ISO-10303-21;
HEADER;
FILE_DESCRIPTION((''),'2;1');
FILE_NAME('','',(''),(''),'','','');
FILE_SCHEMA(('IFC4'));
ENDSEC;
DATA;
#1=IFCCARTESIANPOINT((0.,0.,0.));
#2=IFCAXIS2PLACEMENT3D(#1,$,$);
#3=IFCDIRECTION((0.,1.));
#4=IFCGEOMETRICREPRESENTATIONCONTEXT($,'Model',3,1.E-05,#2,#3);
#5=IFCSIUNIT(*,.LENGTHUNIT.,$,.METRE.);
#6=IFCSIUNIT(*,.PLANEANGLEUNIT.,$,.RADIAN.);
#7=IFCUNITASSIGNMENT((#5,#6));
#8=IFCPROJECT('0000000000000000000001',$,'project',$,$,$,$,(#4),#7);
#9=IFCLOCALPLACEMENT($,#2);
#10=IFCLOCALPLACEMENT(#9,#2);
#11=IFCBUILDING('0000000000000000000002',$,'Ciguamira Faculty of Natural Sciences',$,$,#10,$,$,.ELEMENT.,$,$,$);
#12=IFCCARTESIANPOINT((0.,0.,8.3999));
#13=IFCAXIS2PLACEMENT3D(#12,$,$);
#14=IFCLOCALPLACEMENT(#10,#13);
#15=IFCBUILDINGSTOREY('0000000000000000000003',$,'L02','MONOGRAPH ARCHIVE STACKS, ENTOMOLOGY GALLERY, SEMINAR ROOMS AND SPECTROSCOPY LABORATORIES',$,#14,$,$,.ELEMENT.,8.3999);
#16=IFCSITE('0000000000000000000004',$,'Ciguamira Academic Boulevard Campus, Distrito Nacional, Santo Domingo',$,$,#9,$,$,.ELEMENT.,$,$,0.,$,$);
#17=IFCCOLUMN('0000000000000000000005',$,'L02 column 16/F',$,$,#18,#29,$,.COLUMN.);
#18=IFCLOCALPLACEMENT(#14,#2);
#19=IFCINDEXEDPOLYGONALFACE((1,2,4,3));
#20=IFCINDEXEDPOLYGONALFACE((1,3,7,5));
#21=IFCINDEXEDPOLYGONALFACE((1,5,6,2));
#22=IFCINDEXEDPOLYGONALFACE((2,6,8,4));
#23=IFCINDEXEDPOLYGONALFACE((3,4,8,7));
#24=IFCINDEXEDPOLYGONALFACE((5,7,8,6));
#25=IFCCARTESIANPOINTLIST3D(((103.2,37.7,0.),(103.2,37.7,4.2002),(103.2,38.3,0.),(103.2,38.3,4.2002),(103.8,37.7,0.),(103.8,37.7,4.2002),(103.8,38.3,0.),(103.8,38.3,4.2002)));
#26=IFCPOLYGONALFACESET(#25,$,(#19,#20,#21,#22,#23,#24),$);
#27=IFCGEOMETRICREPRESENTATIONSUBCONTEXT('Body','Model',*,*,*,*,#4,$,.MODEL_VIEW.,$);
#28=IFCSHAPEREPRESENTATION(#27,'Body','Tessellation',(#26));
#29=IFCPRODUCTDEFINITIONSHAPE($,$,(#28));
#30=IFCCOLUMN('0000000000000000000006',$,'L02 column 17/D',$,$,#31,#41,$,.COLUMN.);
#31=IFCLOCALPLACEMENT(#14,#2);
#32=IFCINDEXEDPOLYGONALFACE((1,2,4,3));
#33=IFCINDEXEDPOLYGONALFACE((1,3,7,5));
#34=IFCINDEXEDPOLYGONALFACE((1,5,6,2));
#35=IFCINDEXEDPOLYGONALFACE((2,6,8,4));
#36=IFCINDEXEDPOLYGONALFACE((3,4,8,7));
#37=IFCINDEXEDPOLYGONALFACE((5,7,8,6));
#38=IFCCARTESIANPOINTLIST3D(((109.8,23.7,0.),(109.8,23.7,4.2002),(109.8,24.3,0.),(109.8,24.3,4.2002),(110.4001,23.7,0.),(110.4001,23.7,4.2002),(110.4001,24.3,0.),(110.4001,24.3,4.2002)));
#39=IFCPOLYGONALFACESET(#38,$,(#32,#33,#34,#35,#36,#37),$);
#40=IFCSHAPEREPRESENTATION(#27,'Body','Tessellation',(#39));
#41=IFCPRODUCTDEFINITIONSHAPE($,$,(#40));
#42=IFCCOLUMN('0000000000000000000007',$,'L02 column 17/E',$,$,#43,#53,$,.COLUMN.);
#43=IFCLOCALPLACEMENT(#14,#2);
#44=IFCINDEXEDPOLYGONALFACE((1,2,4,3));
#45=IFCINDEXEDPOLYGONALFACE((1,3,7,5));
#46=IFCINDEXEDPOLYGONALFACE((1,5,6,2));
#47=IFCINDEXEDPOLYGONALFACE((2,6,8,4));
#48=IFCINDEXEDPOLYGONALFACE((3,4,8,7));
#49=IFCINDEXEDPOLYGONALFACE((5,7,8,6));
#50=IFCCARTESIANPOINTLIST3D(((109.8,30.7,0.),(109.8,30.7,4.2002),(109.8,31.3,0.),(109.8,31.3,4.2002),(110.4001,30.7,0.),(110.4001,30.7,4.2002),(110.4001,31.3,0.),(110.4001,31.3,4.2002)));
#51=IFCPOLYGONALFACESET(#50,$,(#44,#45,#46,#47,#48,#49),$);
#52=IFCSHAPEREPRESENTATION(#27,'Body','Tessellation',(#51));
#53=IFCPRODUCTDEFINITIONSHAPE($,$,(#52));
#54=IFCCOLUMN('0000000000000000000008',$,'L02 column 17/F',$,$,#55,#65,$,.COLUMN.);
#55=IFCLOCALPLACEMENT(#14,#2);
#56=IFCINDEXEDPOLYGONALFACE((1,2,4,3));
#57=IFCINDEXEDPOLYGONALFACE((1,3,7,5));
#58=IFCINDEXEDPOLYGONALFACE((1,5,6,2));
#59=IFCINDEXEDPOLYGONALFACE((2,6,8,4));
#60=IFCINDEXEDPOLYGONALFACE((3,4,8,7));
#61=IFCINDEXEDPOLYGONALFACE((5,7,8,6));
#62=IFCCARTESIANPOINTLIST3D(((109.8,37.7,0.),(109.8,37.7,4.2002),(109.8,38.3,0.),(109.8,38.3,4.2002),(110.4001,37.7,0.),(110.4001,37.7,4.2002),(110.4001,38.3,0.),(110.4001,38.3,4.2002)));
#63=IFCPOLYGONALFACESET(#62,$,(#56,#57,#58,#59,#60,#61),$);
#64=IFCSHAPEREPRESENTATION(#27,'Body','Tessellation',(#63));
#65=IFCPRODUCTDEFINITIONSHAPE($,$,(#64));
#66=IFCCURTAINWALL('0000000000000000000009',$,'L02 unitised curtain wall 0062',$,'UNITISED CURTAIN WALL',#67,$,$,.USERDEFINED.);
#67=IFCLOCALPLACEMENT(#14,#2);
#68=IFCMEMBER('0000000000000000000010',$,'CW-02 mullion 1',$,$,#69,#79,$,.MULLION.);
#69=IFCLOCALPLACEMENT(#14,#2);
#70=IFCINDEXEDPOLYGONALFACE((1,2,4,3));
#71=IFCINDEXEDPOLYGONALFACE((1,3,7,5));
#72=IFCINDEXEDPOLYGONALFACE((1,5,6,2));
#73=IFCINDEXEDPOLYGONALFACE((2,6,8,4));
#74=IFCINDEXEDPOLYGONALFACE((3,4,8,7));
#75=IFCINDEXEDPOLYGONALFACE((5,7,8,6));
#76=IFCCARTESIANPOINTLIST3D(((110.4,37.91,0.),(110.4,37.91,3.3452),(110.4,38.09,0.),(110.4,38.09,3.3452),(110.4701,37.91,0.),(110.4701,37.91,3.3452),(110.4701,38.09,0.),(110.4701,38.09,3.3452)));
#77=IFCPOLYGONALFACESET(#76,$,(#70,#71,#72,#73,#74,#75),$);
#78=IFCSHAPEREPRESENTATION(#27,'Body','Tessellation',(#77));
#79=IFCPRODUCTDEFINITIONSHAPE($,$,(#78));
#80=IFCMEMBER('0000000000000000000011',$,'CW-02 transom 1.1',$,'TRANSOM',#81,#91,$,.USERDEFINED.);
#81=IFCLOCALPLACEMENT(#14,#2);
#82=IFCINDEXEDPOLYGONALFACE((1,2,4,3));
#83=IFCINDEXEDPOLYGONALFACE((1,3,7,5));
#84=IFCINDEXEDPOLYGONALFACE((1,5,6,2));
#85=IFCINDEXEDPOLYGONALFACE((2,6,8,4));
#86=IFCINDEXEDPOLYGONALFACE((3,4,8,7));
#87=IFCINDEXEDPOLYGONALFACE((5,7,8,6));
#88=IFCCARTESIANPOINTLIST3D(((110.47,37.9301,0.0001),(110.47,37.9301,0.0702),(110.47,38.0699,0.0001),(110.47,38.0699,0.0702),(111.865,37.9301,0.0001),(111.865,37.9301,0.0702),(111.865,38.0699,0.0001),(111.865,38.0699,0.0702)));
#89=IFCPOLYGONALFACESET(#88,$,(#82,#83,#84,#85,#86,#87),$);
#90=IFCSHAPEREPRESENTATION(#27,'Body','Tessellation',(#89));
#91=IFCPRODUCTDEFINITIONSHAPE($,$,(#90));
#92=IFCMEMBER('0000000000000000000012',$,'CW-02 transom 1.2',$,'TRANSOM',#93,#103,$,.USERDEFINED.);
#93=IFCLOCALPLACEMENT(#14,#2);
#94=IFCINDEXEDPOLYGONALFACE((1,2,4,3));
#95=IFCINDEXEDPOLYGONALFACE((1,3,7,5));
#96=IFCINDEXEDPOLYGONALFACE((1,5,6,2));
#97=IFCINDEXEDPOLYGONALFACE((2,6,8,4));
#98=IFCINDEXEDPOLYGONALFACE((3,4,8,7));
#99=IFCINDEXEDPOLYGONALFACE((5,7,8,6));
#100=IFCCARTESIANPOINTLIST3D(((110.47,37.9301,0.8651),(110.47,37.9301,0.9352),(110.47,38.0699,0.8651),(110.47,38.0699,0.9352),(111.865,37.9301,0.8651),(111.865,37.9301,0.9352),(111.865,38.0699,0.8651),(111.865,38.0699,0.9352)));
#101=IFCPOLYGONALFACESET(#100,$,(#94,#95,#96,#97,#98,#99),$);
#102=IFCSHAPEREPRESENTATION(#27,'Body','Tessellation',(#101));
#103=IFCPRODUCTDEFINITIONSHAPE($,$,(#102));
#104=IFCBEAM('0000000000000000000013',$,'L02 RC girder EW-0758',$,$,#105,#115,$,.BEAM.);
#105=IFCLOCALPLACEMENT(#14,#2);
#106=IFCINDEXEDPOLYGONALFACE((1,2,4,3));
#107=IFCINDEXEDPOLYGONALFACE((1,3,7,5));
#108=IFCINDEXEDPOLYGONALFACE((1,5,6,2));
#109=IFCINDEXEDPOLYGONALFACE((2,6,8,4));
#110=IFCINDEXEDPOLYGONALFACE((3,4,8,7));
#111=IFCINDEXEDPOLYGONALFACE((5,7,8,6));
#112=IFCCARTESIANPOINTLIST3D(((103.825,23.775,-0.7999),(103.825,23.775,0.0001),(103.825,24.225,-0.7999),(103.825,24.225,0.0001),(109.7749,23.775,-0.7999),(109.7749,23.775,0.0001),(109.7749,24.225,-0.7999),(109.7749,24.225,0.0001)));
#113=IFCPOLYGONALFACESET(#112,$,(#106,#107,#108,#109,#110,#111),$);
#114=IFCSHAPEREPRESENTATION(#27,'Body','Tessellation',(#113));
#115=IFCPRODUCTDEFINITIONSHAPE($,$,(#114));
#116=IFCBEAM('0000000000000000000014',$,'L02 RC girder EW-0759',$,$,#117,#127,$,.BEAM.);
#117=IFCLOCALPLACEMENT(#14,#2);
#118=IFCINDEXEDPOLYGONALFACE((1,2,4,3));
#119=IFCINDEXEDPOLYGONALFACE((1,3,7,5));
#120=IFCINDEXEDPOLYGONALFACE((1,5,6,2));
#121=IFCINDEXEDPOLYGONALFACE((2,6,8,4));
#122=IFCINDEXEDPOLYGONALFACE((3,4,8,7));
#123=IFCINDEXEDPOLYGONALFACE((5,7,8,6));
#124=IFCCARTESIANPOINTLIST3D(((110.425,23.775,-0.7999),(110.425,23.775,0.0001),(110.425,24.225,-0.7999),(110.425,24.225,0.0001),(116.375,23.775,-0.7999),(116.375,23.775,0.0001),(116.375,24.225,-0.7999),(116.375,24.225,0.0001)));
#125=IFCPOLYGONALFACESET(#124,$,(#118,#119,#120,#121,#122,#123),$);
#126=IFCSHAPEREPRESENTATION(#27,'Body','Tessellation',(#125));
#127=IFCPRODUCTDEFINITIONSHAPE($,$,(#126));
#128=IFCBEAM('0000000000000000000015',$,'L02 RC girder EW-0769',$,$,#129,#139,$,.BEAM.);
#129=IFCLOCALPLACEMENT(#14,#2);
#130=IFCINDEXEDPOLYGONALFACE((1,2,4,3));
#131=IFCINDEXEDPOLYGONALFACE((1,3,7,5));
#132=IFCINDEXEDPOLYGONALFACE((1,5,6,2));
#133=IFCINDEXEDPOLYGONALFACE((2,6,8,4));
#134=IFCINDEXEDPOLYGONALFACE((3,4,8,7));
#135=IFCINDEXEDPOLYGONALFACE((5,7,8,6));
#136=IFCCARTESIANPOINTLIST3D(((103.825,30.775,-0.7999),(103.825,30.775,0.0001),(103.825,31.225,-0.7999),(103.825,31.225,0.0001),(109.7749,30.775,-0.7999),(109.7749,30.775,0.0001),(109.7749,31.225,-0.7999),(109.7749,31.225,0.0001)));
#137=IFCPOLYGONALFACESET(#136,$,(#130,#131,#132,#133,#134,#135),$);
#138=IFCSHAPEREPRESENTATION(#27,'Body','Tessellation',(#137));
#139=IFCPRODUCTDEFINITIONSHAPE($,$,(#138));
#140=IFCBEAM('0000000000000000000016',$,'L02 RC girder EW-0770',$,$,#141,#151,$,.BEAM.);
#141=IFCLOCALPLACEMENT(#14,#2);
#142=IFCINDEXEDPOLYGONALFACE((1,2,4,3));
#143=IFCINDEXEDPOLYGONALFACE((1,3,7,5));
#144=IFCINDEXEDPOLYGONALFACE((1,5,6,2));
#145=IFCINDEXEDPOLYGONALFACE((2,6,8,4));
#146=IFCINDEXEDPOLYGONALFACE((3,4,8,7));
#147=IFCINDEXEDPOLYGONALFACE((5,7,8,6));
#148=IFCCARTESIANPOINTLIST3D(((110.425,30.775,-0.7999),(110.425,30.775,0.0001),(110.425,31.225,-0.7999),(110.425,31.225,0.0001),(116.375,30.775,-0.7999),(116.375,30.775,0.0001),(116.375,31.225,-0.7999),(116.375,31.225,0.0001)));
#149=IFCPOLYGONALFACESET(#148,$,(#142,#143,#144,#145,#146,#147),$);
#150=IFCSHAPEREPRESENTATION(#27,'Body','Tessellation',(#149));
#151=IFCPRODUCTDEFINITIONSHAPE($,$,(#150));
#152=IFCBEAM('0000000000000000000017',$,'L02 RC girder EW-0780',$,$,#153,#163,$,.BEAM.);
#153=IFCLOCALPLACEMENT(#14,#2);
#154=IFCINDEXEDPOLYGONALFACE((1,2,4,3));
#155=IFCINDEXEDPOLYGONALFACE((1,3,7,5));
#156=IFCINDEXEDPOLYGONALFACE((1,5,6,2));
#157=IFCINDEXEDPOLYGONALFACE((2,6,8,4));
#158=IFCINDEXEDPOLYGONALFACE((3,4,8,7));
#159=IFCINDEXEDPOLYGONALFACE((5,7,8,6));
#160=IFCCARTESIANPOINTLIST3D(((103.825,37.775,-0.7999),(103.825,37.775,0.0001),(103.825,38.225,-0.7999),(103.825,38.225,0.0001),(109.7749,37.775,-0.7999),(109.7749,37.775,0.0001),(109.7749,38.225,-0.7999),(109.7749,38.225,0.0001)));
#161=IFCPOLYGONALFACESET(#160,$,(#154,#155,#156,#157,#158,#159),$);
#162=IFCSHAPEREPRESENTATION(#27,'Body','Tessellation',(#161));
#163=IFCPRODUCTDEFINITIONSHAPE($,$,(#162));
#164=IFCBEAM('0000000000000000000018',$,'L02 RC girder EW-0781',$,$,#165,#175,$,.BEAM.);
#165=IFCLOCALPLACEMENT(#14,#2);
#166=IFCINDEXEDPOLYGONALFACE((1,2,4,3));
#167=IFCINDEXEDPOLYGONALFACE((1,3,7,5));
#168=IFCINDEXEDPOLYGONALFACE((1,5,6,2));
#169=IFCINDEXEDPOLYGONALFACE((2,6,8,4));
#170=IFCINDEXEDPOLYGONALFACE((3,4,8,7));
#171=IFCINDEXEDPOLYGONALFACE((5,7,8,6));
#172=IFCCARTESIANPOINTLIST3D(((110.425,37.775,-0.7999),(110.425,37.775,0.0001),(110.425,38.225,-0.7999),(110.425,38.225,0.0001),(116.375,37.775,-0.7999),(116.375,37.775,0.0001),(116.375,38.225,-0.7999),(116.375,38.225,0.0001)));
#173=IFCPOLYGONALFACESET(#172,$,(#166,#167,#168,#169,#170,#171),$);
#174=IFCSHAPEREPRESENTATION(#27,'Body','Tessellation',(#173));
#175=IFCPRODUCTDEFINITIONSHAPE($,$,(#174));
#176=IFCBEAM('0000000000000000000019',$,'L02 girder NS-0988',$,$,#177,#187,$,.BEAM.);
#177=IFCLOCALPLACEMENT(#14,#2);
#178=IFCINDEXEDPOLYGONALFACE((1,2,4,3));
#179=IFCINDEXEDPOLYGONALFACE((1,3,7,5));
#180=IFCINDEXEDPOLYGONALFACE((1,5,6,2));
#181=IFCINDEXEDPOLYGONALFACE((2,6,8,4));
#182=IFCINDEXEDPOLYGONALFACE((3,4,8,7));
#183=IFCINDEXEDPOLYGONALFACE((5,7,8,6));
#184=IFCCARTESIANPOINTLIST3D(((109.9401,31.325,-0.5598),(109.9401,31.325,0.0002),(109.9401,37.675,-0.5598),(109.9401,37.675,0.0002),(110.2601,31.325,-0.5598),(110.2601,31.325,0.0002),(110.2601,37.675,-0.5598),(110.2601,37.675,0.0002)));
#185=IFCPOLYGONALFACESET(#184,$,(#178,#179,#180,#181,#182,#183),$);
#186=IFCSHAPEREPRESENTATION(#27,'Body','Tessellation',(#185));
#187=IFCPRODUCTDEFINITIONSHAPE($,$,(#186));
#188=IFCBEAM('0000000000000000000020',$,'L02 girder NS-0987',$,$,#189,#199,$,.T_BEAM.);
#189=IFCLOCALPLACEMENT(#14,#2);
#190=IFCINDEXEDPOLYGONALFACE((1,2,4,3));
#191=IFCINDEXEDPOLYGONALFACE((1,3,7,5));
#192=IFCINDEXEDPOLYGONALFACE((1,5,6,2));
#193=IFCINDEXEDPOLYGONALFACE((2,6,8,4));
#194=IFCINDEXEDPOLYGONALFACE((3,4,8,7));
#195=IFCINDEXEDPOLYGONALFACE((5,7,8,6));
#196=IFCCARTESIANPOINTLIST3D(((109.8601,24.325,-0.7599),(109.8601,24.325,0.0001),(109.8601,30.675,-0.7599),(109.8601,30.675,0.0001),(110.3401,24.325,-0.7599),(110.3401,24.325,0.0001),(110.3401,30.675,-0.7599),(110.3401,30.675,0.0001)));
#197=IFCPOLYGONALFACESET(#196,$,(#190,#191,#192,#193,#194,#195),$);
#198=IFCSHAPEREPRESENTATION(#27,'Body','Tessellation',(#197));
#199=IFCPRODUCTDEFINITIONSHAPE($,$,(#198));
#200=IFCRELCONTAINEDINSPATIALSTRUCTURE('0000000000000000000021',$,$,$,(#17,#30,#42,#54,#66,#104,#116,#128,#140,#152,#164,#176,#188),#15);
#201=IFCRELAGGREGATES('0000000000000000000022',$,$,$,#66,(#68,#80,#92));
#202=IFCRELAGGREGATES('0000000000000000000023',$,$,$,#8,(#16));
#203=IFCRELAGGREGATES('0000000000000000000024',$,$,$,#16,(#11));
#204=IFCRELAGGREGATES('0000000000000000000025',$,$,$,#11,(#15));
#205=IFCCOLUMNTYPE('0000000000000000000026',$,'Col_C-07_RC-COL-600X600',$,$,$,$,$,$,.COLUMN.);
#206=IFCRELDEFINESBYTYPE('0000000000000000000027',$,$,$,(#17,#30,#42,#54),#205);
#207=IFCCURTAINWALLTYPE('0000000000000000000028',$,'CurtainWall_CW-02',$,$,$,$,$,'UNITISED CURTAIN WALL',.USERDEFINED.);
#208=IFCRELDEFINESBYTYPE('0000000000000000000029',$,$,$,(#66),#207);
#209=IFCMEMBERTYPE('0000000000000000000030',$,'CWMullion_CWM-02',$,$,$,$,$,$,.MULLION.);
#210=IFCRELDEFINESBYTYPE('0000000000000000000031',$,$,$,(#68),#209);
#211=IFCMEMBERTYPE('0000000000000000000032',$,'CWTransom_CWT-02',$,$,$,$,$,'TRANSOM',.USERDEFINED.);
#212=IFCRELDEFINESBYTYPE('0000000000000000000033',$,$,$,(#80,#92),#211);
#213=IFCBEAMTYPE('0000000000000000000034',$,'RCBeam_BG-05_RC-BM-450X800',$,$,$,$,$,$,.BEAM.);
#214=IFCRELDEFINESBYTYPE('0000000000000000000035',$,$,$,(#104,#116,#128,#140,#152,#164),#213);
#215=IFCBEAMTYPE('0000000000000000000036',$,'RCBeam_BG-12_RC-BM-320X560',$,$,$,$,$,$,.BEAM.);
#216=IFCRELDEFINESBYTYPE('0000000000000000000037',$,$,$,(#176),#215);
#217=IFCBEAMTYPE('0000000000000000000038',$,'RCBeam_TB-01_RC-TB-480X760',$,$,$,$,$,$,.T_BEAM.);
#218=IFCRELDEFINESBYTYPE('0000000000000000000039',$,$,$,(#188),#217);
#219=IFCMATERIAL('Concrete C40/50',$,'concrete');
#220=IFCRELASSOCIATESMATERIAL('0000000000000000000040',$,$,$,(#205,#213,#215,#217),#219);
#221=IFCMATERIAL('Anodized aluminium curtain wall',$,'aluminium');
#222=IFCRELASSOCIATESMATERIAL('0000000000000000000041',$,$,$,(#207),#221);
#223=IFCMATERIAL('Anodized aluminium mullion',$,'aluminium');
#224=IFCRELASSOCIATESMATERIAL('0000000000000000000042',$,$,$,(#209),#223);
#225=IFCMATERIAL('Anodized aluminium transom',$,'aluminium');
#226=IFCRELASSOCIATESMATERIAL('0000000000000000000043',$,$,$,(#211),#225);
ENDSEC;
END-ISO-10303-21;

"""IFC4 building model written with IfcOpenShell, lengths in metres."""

from ifc_helpers import new_model, si_unit, direction, frame, origin, origin_2d, place, context, subcontext, project, spatial, rectangle, extrude, material, material_profile, profile_set, type_object, element, aggregate, save


model = new_model("IFC4")

# Units and contexts
model_context = context("Model", 3, precision=1e-05, world=origin(), true_north=direction((0.0, 1.0)))
body_context = subcontext(model_context, "Body", "Model", "MODEL_VIEW")
ifc_project = project(units=[si_unit("LENGTHUNIT", "METRE"), si_unit("PLANEANGLEUNIT", "RADIAN")], contexts=[model_context])

# Site, building, storey
site_placement = place(None, origin())
site = spatial("IfcSite", under=ifc_project, at=site_placement, Name="Ciguamira Academic Boulevard Campus, Distrito Nacional, Santo Domingo", CompositionType="ELEMENT", RefElevation=0.0)
building_placement = place(site_placement, origin())
building = spatial("IfcBuilding", under=site, at=building_placement, Name="Ciguamira Faculty of Natural Sciences", CompositionType="ELEMENT")
storey_placement = place(building_placement, frame((0.0, 0.0, 8.3999)))
storey = spatial("IfcBuildingStorey", under=building, at=storey_placement, Name="L02", Description="MONOGRAPH ARCHIVE STACKS, ENTOMOLOGY GALLERY, SEMINAR ROOMS AND SPECTROSCOPY LABORATORIES", CompositionType="ELEMENT", Elevation=8.3999)

# Columns
ifc_material_1 = material(Name="Concrete C40/50", Category="concrete")
ifc_material_profile_1 = material_profile(ifc_material_1, rectangle(XDim=0.6001, YDim=0.6001, at=origin_2d()), Name="RC-COL-600X600")
ifc_profile_set_1 = profile_set([ifc_material_profile_1], Name="Concrete C40/50")
column_type = type_object("IfcColumnType", Name="Col_C-07_RC-COL-600X600", PredefinedType="COLUMN", material=ifc_profile_set_1)
for number, where, z_axis, x_axis, name in (
    (1, (103.5, 38.0, 0.0), (0.0, 0.0, 1.0), (1.0, 0.0, 0.0), "L02 column 16/F"),
    (2, (110.1001, 24.0, 0.0), (0.0, 0.0, 1.0), (1.0, 0.0, 0.0), "L02 column 17/D"),
    (3, (110.1001, 31.0, 0.0), (0.0, 0.0, 1.0), (1.0, 0.0, 0.0), "L02 column 17/E"),
    (4, (110.1001, 38.0, 0.0), (0.0, 0.0, 1.0), (1.0, 0.0, 0.0), "L02 column 17/F"),
):
    element("IfcColumn", number, at=place(storey_placement, frame(where, z_axis=z_axis, x_axis=x_axis)), inside=storey, type_object=column_type, Name=name, PredefinedType="COLUMN", context=body_context, shape_type="SweptSolid", body=[
        extrude(rectangle(XDim=0.6001, YDim=0.6001, at=origin_2d()), origin(), (0.0, 0.0, 1.0), 4.2002),
    ])

# Curtain wall, members
ifc_material_2 = material(Name="Anodized aluminium curtain wall", Category="aluminium")
curtain_wall_type = type_object("IfcCurtainWallType", Name="CurtainWall_CW-02", ElementType="UNITISED CURTAIN WALL", PredefinedType="USERDEFINED", material=ifc_material_2)
curtain_wall_placement = place(storey_placement, origin())
curtain_wall = element("IfcCurtainWall", 5, at=curtain_wall_placement, inside=storey, type_object=curtain_wall_type, Name="L02 unitised curtain wall 0062", ObjectType="UNITISED CURTAIN WALL", PredefinedType="USERDEFINED")
ifc_material_3 = material(Name="Anodized aluminium mullion", Category="aluminium")
ifc_material_profile_2 = material_profile(ifc_material_3, rectangle(XDim=0.0701, YDim=0.1799, at=origin_2d()), Name="ALU-MUL-70X180")
ifc_profile_set_2 = profile_set([ifc_material_profile_2], Name="Anodized aluminium mullion")
member_type_1 = type_object("IfcMemberType", Name="CWMullion_CWM-02", PredefinedType="MULLION", material=ifc_profile_set_2)
member_1_placement = place(storey_placement, frame((110.4351, 38.0, 0.0), z_axis=(0.0, 0.0, 1.0), x_axis=(1.0, 0.0, 0.0)))
member_1 = element("IfcMember", 6, at=member_1_placement, type_object=member_type_1, Name="CW-02 mullion 1", PredefinedType="MULLION", context=body_context, shape_type="SweptSolid", body=[
    extrude(rectangle(XDim=0.0701, YDim=0.1799, at=origin_2d()), origin(), (0.0, 0.0, 1.0), 3.3452),
])
ifc_material_4 = material(Name="Anodized aluminium transom", Category="aluminium")
ifc_material_profile_3 = material_profile(ifc_material_4, rectangle(XDim=0.0701, YDim=0.1399, at=origin_2d()), Name="ALU-TRN-70X140")
ifc_profile_set_3 = profile_set([ifc_material_profile_3], Name="Anodized aluminium transom")
member_type_2 = type_object("IfcMemberType", Name="CWTransom_CWT-02", ElementType="TRANSOM", PredefinedType="USERDEFINED", material=ifc_profile_set_3)
member_2_placement = place(storey_placement, frame((110.47, 38.0, 0.0352), z_axis=(1.0, 0.0, 0.0), x_axis=(0.0, 0.0, 1.0)))
member_2 = element("IfcMember", 7, at=member_2_placement, type_object=member_type_2, Name="CW-02 transom 1.1", ObjectType="TRANSOM", PredefinedType="USERDEFINED", context=body_context, shape_type="SweptSolid", body=[
    extrude(rectangle(XDim=0.0701, YDim=0.1399, at=origin_2d()), origin(), (0.0, 0.0, 1.0), 1.395),
])
member_3_placement = place(storey_placement, frame((110.47, 38.0, 0.9001), z_axis=(1.0, 0.0, 0.0), x_axis=(0.0, 0.0, 1.0)))
member_3 = element("IfcMember", 8, at=member_3_placement, type_object=member_type_2, Name="CW-02 transom 1.2", ObjectType="TRANSOM", PredefinedType="USERDEFINED", context=body_context, shape_type="SweptSolid", body=[
    extrude(rectangle(XDim=0.0701, YDim=0.1399, at=origin_2d()), origin(), (0.0, 0.0, 1.0), 1.395),
])
aggregate(curtain_wall, [member_1, member_2, member_3])

# Beams
ifc_material_profile_4 = material_profile(ifc_material_1, rectangle(XDim=0.45, YDim=0.8, at=origin_2d()), Name="RC-BM-450X800")
ifc_profile_set_4 = profile_set([ifc_material_profile_4], Name="Concrete C40/50")
beam_type_1 = type_object("IfcBeamType", Name="RCBeam_BG-05_RC-BM-450X800", PredefinedType="BEAM", material=ifc_profile_set_4)
for number, where, z_axis, x_axis, name in (
    (9, (103.825, 24.0, -0.3999), (1.0, 0.0, 0.0), (0.0, 1.0, 0.0), "L02 RC girder EW-0758"),
    (10, (110.425, 24.0, -0.3999), (1.0, 0.0, 0.0), (0.0, 1.0, 0.0), "L02 RC girder EW-0759"),
    (11, (103.825, 31.0, -0.3999), (1.0, 0.0, 0.0), (0.0, 1.0, 0.0), "L02 RC girder EW-0769"),
    (12, (110.425, 31.0, -0.3999), (1.0, 0.0, 0.0), (0.0, 1.0, 0.0), "L02 RC girder EW-0770"),
    (13, (103.825, 38.0, -0.3999), (1.0, 0.0, 0.0), (0.0, 1.0, 0.0), "L02 RC girder EW-0780"),
    (14, (110.425, 38.0, -0.3999), (1.0, 0.0, 0.0), (0.0, 1.0, 0.0), "L02 RC girder EW-0781"),
):
    element("IfcBeam", number, at=place(storey_placement, frame(where, z_axis=z_axis, x_axis=x_axis)), inside=storey, type_object=beam_type_1, Name=name, PredefinedType="BEAM", context=body_context, shape_type="SweptSolid", body=[
        extrude(rectangle(XDim=0.45, YDim=0.8, at=origin_2d()), origin(), (0.0, 0.0, 1.0), 5.95),
    ])
ifc_material_profile_5 = material_profile(ifc_material_1, rectangle(XDim=0.3201, YDim=0.5601, at=origin_2d()), Name="RC-BM-320X560")
ifc_profile_set_5 = profile_set([ifc_material_profile_5], Name="Concrete C40/50")
beam_type_2 = type_object("IfcBeamType", Name="RCBeam_BG-12_RC-BM-320X560", PredefinedType="BEAM", material=ifc_profile_set_5)
beam_1_placement = place(storey_placement, frame((110.1001, 31.325, -0.2798), z_axis=(0.0, 1.0, 0.0), x_axis=(-1.0, 0.0, 0.0)))
element("IfcBeam", 15, at=beam_1_placement, inside=storey, type_object=beam_type_2, Name="L02 girder NS-0988", PredefinedType="BEAM", context=body_context, shape_type="SweptSolid", body=[
    extrude(rectangle(XDim=0.3201, YDim=0.5601, at=origin_2d()), origin(), (0.0, 0.0, 1.0), 6.3501),
])
ifc_material_profile_6 = material_profile(ifc_material_1, rectangle(XDim=0.48, YDim=0.76, at=origin_2d()), Name="RC-TB-480X760")
ifc_profile_set_6 = profile_set([ifc_material_profile_6], Name="Concrete C40/50")
beam_type_3 = type_object("IfcBeamType", Name="RCBeam_TB-01_RC-TB-480X760", PredefinedType="T_BEAM", material=ifc_profile_set_6)
beam_2_placement = place(storey_placement, frame((110.1001, 24.325, -0.3799), z_axis=(0.0, 1.0, 0.0), x_axis=(-1.0, 0.0, 0.0)))
element("IfcBeam", 16, at=beam_2_placement, inside=storey, type_object=beam_type_3, Name="L02 girder NS-0987", PredefinedType="T_BEAM", context=body_context, shape_type="SweptSolid", body=[
    extrude(rectangle(XDim=0.48, YDim=0.76, at=origin_2d()), origin(), (0.0, 0.0, 1.0), 6.3501),
])

save(model, "model.ifc")
